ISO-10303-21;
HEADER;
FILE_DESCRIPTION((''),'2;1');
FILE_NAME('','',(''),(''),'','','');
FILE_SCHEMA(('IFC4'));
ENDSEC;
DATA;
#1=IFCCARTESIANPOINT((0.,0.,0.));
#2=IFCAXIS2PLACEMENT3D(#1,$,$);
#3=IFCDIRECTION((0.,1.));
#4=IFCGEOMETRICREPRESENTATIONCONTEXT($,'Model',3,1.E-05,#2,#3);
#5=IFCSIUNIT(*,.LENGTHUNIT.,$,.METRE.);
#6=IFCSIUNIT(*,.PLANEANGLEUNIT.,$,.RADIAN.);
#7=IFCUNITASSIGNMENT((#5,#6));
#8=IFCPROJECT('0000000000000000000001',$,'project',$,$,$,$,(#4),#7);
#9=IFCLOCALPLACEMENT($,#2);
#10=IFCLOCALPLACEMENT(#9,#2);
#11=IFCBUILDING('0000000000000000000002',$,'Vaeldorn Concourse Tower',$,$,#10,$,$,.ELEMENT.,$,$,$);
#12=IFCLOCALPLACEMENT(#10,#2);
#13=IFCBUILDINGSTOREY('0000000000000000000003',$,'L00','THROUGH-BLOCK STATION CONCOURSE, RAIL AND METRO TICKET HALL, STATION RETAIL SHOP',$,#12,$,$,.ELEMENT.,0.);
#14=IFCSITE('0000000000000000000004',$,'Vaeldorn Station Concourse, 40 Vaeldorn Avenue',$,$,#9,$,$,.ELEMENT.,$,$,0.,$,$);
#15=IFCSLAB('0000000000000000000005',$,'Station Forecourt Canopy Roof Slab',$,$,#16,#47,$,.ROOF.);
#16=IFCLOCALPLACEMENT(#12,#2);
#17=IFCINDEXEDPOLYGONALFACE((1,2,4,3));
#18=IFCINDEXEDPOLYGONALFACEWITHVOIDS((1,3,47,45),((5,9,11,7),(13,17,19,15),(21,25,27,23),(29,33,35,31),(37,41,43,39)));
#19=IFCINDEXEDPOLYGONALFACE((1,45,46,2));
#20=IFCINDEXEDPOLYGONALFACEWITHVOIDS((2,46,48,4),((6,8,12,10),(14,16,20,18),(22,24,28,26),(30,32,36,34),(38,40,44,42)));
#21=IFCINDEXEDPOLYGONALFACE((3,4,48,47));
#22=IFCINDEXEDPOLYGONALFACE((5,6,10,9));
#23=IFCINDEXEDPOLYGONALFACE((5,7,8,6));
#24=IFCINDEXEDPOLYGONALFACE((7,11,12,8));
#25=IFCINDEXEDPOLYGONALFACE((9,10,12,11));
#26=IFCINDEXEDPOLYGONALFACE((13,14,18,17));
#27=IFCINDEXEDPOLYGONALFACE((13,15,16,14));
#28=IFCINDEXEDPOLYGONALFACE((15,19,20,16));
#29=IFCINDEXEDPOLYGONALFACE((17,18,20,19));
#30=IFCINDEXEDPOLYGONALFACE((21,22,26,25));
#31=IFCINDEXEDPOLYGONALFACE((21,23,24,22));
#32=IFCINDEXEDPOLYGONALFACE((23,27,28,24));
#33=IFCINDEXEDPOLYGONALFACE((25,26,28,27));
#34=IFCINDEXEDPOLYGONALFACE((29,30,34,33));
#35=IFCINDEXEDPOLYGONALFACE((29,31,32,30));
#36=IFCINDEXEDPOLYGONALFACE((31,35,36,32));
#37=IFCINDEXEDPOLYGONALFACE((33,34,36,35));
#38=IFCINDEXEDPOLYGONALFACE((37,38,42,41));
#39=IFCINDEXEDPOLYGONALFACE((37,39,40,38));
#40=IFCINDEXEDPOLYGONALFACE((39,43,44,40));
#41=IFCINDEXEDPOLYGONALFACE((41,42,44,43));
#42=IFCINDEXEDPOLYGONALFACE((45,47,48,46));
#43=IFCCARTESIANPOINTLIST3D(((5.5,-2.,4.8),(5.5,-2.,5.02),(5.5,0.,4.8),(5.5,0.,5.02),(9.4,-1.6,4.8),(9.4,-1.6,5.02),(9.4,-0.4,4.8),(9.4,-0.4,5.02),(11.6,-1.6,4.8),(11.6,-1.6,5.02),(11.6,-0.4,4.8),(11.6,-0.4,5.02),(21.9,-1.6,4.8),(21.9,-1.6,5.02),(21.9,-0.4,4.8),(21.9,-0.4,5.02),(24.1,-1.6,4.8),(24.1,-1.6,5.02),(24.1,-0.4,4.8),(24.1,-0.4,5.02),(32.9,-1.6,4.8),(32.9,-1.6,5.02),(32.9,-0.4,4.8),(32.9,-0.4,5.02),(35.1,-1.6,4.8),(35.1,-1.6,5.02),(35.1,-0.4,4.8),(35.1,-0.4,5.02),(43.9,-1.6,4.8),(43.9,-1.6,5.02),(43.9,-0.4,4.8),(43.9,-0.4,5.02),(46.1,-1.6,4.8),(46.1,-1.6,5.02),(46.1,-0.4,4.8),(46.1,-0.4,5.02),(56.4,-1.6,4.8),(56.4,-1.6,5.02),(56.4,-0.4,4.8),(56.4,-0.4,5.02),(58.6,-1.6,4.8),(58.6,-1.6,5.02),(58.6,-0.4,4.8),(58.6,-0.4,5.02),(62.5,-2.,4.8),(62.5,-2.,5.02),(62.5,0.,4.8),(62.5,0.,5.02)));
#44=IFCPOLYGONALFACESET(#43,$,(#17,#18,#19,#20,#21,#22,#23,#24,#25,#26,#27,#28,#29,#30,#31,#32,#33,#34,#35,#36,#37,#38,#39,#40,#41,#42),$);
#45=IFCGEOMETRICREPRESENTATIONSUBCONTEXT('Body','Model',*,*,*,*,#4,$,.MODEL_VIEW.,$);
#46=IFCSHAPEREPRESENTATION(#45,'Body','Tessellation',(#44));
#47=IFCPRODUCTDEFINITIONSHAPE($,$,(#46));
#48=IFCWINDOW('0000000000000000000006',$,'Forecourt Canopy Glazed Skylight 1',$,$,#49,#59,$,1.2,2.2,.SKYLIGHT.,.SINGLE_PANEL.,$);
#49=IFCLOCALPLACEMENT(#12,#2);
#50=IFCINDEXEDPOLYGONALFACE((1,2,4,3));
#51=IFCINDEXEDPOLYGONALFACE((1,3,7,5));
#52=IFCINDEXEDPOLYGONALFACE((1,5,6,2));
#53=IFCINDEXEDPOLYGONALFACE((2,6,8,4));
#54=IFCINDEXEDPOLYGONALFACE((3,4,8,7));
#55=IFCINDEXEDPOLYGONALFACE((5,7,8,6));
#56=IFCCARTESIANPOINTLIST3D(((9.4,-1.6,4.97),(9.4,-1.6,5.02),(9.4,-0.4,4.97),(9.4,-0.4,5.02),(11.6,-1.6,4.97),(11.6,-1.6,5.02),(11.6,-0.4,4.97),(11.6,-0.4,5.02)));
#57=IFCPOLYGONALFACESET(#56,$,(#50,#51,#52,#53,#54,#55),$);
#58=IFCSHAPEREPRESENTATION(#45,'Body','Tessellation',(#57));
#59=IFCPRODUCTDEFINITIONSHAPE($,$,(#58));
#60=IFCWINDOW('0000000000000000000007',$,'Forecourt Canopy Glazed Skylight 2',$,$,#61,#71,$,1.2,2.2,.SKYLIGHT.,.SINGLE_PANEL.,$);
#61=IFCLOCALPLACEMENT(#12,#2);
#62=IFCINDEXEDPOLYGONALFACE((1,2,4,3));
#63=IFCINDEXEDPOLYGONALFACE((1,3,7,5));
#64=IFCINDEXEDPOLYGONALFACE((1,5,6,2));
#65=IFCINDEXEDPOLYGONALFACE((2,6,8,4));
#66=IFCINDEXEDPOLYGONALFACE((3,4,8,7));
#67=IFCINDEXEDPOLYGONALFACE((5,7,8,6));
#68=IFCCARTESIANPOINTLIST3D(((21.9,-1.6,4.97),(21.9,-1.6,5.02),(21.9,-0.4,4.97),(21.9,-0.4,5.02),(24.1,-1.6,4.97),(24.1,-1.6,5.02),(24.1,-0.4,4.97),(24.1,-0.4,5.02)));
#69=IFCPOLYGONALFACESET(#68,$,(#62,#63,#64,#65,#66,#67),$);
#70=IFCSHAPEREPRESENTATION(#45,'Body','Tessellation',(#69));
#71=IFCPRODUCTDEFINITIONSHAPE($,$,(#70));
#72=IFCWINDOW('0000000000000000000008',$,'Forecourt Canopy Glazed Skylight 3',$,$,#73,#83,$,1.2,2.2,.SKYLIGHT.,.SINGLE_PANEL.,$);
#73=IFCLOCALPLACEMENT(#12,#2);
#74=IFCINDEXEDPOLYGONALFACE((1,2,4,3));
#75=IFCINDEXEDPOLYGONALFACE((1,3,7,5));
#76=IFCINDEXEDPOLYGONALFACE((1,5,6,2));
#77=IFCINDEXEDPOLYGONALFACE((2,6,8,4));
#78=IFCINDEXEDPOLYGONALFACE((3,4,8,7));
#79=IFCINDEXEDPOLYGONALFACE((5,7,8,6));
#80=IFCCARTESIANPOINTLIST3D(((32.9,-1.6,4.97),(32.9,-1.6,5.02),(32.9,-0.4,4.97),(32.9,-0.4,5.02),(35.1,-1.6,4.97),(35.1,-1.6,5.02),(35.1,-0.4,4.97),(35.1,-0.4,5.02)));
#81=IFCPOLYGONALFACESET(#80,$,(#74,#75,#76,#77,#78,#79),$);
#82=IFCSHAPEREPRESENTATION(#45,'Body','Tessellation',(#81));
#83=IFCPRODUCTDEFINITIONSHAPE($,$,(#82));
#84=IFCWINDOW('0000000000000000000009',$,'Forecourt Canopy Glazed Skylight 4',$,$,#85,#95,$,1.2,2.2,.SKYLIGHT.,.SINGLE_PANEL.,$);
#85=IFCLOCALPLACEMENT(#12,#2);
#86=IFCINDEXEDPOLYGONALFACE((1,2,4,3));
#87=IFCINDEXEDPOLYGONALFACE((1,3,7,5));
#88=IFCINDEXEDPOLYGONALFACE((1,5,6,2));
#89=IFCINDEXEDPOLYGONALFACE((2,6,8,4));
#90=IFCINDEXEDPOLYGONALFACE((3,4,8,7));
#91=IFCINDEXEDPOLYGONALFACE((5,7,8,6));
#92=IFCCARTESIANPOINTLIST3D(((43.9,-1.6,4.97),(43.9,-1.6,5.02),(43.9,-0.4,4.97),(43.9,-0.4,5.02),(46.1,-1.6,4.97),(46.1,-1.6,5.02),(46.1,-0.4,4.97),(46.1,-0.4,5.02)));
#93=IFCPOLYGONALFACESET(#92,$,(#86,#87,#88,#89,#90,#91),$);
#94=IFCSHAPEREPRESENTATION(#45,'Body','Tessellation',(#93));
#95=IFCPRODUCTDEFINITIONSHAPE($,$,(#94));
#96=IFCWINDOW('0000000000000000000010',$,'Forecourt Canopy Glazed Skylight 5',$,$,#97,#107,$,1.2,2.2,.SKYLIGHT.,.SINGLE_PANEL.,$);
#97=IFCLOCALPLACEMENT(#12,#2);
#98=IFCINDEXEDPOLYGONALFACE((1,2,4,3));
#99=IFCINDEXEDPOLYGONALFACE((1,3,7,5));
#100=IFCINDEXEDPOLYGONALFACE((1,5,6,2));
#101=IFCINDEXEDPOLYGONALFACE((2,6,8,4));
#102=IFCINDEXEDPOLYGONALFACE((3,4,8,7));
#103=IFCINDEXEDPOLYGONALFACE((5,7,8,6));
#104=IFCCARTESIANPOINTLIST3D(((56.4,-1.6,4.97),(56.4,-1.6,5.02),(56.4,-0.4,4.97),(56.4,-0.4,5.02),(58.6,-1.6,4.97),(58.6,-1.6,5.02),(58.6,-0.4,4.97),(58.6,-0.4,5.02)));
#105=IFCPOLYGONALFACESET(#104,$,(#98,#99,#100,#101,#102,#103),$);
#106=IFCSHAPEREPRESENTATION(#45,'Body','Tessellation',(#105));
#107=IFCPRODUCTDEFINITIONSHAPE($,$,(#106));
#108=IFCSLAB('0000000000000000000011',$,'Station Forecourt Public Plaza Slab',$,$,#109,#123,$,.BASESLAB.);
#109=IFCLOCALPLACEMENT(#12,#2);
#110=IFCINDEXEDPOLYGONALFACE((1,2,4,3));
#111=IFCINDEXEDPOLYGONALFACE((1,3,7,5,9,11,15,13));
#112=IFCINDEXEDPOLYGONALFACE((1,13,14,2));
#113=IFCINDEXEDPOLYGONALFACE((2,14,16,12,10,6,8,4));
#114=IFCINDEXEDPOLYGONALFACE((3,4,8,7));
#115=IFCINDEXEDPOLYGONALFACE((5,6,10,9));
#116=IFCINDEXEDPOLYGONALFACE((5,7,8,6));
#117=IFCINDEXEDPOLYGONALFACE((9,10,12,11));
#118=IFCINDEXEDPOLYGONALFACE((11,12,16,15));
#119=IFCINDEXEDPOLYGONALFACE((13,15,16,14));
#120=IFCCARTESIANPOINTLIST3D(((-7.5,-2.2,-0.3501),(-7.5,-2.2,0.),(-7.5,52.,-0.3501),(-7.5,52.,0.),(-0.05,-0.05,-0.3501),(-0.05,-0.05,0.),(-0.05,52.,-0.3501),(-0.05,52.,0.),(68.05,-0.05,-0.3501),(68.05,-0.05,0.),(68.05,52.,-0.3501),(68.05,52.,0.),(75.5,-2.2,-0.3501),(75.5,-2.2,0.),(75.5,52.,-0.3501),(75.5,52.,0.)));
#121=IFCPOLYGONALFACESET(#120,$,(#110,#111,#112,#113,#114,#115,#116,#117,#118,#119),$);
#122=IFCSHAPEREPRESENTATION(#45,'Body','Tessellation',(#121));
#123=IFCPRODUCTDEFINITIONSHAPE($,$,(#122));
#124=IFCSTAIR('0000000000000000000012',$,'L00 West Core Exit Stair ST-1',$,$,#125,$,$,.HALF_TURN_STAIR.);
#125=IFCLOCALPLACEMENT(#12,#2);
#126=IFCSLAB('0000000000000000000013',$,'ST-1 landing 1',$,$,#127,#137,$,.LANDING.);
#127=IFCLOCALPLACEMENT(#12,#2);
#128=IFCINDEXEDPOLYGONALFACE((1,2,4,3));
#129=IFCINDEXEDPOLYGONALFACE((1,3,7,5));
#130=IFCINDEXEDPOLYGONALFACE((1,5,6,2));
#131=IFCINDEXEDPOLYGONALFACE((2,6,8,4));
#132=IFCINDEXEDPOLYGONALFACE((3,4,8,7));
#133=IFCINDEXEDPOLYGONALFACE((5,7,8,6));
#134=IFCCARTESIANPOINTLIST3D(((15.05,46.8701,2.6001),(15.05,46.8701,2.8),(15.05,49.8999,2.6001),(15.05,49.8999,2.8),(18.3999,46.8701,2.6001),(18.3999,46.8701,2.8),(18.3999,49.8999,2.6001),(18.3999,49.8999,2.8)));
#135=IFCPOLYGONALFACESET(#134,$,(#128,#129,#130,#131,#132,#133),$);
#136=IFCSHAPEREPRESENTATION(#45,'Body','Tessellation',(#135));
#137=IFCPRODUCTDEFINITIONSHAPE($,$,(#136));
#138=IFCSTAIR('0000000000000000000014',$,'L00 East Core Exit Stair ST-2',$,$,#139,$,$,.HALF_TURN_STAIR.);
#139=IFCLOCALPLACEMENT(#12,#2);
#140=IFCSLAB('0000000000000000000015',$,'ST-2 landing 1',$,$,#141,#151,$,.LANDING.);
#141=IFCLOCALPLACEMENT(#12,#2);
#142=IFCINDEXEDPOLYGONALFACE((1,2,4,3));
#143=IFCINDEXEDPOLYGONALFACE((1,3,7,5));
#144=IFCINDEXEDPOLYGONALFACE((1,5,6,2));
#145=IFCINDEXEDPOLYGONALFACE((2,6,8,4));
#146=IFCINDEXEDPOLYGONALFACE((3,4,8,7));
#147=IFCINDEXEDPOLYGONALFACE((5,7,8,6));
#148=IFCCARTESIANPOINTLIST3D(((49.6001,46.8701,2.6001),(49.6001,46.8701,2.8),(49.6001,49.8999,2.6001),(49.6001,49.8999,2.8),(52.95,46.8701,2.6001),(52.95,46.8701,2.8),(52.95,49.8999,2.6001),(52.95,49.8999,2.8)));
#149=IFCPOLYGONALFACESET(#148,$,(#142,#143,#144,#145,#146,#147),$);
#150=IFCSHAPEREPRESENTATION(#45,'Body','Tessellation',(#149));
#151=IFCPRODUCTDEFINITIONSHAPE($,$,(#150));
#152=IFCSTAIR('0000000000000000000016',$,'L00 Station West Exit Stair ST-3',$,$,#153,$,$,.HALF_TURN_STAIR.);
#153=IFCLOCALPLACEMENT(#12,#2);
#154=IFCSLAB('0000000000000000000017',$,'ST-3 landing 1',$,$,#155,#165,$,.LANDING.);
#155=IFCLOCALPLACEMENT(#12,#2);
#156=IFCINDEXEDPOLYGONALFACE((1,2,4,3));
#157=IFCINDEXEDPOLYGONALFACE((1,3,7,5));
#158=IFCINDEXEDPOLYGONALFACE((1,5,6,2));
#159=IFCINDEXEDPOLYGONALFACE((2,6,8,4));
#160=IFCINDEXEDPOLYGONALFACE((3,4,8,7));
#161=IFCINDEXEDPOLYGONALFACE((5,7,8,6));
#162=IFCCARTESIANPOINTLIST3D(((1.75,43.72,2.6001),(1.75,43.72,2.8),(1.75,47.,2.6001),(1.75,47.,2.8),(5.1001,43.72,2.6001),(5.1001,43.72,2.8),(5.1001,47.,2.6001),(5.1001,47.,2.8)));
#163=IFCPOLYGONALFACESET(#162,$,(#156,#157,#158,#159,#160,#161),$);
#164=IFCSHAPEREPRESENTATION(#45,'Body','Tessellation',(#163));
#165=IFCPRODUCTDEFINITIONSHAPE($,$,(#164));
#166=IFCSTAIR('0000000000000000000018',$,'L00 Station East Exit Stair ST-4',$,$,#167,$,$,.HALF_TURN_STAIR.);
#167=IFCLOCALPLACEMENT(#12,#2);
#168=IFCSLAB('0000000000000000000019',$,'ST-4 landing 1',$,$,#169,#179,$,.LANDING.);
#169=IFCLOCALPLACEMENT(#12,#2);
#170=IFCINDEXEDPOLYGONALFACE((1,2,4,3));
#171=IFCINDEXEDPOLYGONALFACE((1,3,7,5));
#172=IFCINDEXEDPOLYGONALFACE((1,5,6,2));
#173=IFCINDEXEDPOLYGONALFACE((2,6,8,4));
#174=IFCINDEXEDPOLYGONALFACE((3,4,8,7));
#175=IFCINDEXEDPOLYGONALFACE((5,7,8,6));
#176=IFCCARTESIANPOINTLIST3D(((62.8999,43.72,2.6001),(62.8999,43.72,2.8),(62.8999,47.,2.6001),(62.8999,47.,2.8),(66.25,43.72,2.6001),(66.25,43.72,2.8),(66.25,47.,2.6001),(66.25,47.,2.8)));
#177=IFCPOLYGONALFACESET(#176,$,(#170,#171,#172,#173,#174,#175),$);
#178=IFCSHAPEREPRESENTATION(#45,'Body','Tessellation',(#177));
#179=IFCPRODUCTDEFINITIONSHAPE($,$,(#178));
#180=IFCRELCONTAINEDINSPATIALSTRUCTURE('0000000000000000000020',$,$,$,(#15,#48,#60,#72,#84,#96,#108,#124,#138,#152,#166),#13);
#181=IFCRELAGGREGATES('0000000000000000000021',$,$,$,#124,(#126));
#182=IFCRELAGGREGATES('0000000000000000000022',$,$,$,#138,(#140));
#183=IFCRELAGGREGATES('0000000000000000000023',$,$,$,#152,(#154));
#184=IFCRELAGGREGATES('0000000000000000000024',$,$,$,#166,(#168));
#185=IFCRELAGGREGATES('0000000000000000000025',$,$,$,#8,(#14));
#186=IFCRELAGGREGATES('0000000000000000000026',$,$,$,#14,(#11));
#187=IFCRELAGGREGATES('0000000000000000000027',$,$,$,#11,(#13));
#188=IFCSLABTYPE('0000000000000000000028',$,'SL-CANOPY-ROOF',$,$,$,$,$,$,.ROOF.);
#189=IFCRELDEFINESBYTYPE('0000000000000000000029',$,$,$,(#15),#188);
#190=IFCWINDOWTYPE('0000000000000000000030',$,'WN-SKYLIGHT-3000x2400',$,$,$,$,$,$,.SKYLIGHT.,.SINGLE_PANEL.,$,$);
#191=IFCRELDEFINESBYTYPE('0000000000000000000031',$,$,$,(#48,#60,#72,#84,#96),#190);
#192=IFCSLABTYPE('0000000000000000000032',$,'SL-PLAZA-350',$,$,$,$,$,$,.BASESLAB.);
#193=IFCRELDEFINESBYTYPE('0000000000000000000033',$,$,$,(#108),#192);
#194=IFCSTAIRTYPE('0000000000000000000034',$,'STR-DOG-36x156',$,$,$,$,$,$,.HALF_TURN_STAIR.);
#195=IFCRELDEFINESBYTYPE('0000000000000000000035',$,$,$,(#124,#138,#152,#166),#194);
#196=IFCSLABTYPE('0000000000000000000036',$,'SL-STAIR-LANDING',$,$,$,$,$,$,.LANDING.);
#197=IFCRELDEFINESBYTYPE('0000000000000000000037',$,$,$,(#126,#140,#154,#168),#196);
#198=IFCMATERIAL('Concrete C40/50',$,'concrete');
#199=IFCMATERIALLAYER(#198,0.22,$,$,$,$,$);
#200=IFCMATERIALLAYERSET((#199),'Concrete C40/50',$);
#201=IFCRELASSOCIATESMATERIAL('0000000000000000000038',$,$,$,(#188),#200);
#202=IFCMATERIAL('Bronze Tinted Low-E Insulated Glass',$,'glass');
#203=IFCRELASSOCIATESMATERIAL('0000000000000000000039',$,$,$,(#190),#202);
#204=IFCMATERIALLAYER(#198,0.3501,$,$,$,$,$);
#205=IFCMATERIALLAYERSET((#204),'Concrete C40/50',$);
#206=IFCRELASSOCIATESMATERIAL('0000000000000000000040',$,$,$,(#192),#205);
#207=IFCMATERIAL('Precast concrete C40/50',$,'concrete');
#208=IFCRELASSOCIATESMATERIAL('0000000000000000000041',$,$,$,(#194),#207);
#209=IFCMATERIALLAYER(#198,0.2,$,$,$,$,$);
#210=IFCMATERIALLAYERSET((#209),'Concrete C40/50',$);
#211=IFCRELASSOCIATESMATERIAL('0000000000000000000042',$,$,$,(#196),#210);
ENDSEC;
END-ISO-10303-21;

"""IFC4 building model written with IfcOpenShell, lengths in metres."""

from ifc_helpers import new_model, si_unit, direction, frame, origin, origin_2d, place, context, subcontext, project, spatial, polyline, rectangle, outline, extrude, material, layer, layer_set, type_object, element, fill, aggregate, save


model = new_model("IFC4")

# Units and contexts
model_context = context("Model", 3, precision=1e-05, world=origin(), true_north=direction((0.0, 1.0)))
body_context = subcontext(model_context, "Body", "Model", "MODEL_VIEW")
ifc_project = project(units=[si_unit("LENGTHUNIT", "METRE"), si_unit("PLANEANGLEUNIT", "RADIAN")], contexts=[model_context])

# Site, building, storey
site_placement = place(None, origin())
site = spatial("IfcSite", under=ifc_project, at=site_placement, Name="Vaeldorn Station Concourse, 40 Vaeldorn Avenue", CompositionType="ELEMENT", RefElevation=0.0)
building_placement = place(site_placement, origin())
building = spatial("IfcBuilding", under=site, at=building_placement, Name="Vaeldorn Concourse Tower", CompositionType="ELEMENT")
storey_placement = place(building_placement, origin())
storey = spatial("IfcBuildingStorey", under=building, at=storey_placement, Name="L00", Description="THROUGH-BLOCK STATION CONCOURSE, RAIL AND METRO TICKET HALL, STATION RETAIL SHOP", CompositionType="ELEMENT", Elevation=0.0)

# Slab, openings, windows
ifc_material_1 = material(Name="Concrete C40/50", Category="concrete")
ifc_layer_1 = layer(ifc_material_1, 0.22)
ifc_layer_set_1 = layer_set([ifc_layer_1], Name="Concrete C40/50")
slab_type_1 = type_object("IfcSlabType", Name="SL-CANOPY-ROOF", PredefinedType="ROOF", material=ifc_layer_set_1)
slab_1_placement = place(storey_placement, frame((0.0, 0.0, 4.8)))
slab_1 = element("IfcSlab", 1, at=slab_1_placement, inside=storey, type_object=slab_type_1, Name="Station Forecourt Canopy Roof Slab", PredefinedType="ROOF", context=body_context, shape_type="SweptSolid", body=[
    extrude(outline(polyline([(5.5, -2.0), (62.5, -2.0), (62.5, 0.0), (5.5, 0.0), (5.5, -2.0)])), origin(), (0.0, 0.0, 1.0), 0.22),
])
opening_1_placement = place(slab_1_placement, frame((10.5, -1.0, 0.0)))
opening_1 = element("IfcOpeningElement", 2, at=opening_1_placement, cuts=slab_1, PredefinedType="OPENING", context=body_context, shape_type="SweptSolid", body=[
    extrude(rectangle(XDim=2.2, YDim=1.2, at=origin_2d()), origin(), (0.0, 0.0, 1.0), 0.22),
])
opening_2_placement = place(slab_1_placement, frame((23.0, -1.0, 0.0)))
opening_2 = element("IfcOpeningElement", 3, at=opening_2_placement, cuts=slab_1, PredefinedType="OPENING", context=body_context, shape_type="SweptSolid", body=[
    extrude(rectangle(XDim=2.2, YDim=1.2, at=origin_2d()), origin(), (0.0, 0.0, 1.0), 0.22),
])
opening_3_placement = place(slab_1_placement, frame((34.0, -1.0, 0.0)))
opening_3 = element("IfcOpeningElement", 4, at=opening_3_placement, cuts=slab_1, PredefinedType="OPENING", context=body_context, shape_type="SweptSolid", body=[
    extrude(rectangle(XDim=2.2, YDim=1.2, at=origin_2d()), origin(), (0.0, 0.0, 1.0), 0.22),
])
opening_4_placement = place(slab_1_placement, frame((45.0, -1.0, 0.0)))
opening_4 = element("IfcOpeningElement", 5, at=opening_4_placement, cuts=slab_1, PredefinedType="OPENING", context=body_context, shape_type="SweptSolid", body=[
    extrude(rectangle(XDim=2.2, YDim=1.2, at=origin_2d()), origin(), (0.0, 0.0, 1.0), 0.22),
])
opening_5_placement = place(slab_1_placement, frame((57.5, -1.0, 0.0)))
opening_5 = element("IfcOpeningElement", 6, at=opening_5_placement, cuts=slab_1, PredefinedType="OPENING", context=body_context, shape_type="SweptSolid", body=[
    extrude(rectangle(XDim=2.2, YDim=1.2, at=origin_2d()), origin(), (0.0, 0.0, 1.0), 0.22),
])
ifc_material_2 = material(Name="Bronze Tinted Low-E Insulated Glass", Category="glass")
window_type = type_object("IfcWindowType", Name="WN-SKYLIGHT-3000x2400", PartitioningType="SINGLE_PANEL", PredefinedType="SKYLIGHT", material=ifc_material_2)
window_1_placement = place(opening_1_placement, frame((0.0, 0.0, 0.1699)))
window_1 = element("IfcWindow", 7, at=window_1_placement, inside=storey, type_object=window_type, Name="Forecourt Canopy Glazed Skylight 1", OverallHeight=1.2, OverallWidth=2.2, PartitioningType="SINGLE_PANEL", PredefinedType="SKYLIGHT", context=body_context, shape_type="SweptSolid", body=[
    extrude(rectangle(XDim=2.2, YDim=1.2, at=origin_2d()), origin(), (0.0, 0.0, 1.0), 0.05),
])
fill(opening_1, window_1)
window_2_placement = place(opening_2_placement, frame((0.0, 0.0, 0.1699)))
window_2 = element("IfcWindow", 8, at=window_2_placement, inside=storey, type_object=window_type, Name="Forecourt Canopy Glazed Skylight 2", OverallHeight=1.2, OverallWidth=2.2, PartitioningType="SINGLE_PANEL", PredefinedType="SKYLIGHT", context=body_context, shape_type="SweptSolid", body=[
    extrude(rectangle(XDim=2.2, YDim=1.2, at=origin_2d()), origin(), (0.0, 0.0, 1.0), 0.05),
])
fill(opening_2, window_2)
window_3_placement = place(opening_3_placement, frame((0.0, 0.0, 0.1699)))
window_3 = element("IfcWindow", 9, at=window_3_placement, inside=storey, type_object=window_type, Name="Forecourt Canopy Glazed Skylight 3", OverallHeight=1.2, OverallWidth=2.2, PartitioningType="SINGLE_PANEL", PredefinedType="SKYLIGHT", context=body_context, shape_type="SweptSolid", body=[
    extrude(rectangle(XDim=2.2, YDim=1.2, at=origin_2d()), origin(), (0.0, 0.0, 1.0), 0.05),
])
fill(opening_3, window_3)
window_4_placement = place(opening_4_placement, frame((0.0, 0.0, 0.1699)))
window_4 = element("IfcWindow", 10, at=window_4_placement, inside=storey, type_object=window_type, Name="Forecourt Canopy Glazed Skylight 4", OverallHeight=1.2, OverallWidth=2.2, PartitioningType="SINGLE_PANEL", PredefinedType="SKYLIGHT", context=body_context, shape_type="SweptSolid", body=[
    extrude(rectangle(XDim=2.2, YDim=1.2, at=origin_2d()), origin(), (0.0, 0.0, 1.0), 0.05),
])
fill(opening_4, window_4)
window_5_placement = place(opening_5_placement, frame((0.0, 0.0, 0.1699)))
window_5 = element("IfcWindow", 11, at=window_5_placement, inside=storey, type_object=window_type, Name="Forecourt Canopy Glazed Skylight 5", OverallHeight=1.2, OverallWidth=2.2, PartitioningType="SINGLE_PANEL", PredefinedType="SKYLIGHT", context=body_context, shape_type="SweptSolid", body=[
    extrude(rectangle(XDim=2.2, YDim=1.2, at=origin_2d()), origin(), (0.0, 0.0, 1.0), 0.05),
])
fill(opening_5, window_5)

# Slab
ifc_layer_2 = layer(ifc_material_1, 0.3501)
ifc_layer_set_2 = layer_set([ifc_layer_2], Name="Concrete C40/50")
slab_type_2 = type_object("IfcSlabType", Name="SL-PLAZA-350", PredefinedType="BASESLAB", material=ifc_layer_set_2)
slab_2_placement = place(storey_placement, frame((0.0, 0.0, -0.3501)))
element("IfcSlab", 12, at=slab_2_placement, inside=storey, type_object=slab_type_2, Name="Station Forecourt Public Plaza Slab", PredefinedType="BASESLAB", context=body_context, shape_type="SweptSolid", body=[
    extrude(outline(polyline([(-7.5, -2.2), (75.5, -2.2), (75.5, 52.0), (68.05, 52.0), (68.05, -0.05), (-0.05, -0.05), (-0.05, 52.0), (-7.5, 52.0), (-7.5, -2.2)])), origin(), (0.0, 0.0, 1.0), 0.3501),
])

# Stairs, slabs
ifc_material_3 = material(Name="Precast concrete C40/50", Category="concrete")
stair_type = type_object("IfcStairType", Name="STR-DOG-36x156", PredefinedType="HALF_TURN_STAIR", material=ifc_material_3)
stair_1_placement = place(storey_placement, origin())
stair_1 = element("IfcStair", 13, at=stair_1_placement, inside=storey, type_object=stair_type, Name="L00 West Core Exit Stair ST-1", PredefinedType="HALF_TURN_STAIR")
ifc_layer_3 = layer(ifc_material_1, 0.2)
ifc_layer_set_3 = layer_set([ifc_layer_3], Name="Concrete C40/50")
slab_type_3 = type_object("IfcSlabType", Name="SL-STAIR-LANDING", PredefinedType="LANDING", material=ifc_layer_set_3)
slab_3_placement = place(storey_placement, frame((0.0, 0.0, 2.6001)))
slab_3 = element("IfcSlab", 14, at=slab_3_placement, type_object=slab_type_3, Name="ST-1 landing 1", PredefinedType="LANDING", context=body_context, shape_type="SweptSolid", body=[
    extrude(outline(polyline([(18.3999, 46.8701), (18.3999, 49.8999), (15.05, 49.8999), (15.05, 46.8701), (18.3999, 46.8701)])), origin(), (0.0, 0.0, 1.0), 0.2),
])
aggregate(stair_1, [slab_3])
stair_2_placement = place(storey_placement, origin())
stair_2 = element("IfcStair", 15, at=stair_2_placement, inside=storey, type_object=stair_type, Name="L00 East Core Exit Stair ST-2", PredefinedType="HALF_TURN_STAIR")
slab_4_placement = place(storey_placement, frame((0.0, 0.0, 2.6001)))
slab_4 = element("IfcSlab", 16, at=slab_4_placement, type_object=slab_type_3, Name="ST-2 landing 1", PredefinedType="LANDING", context=body_context, shape_type="SweptSolid", body=[
    extrude(outline(polyline([(52.95, 46.8701), (52.95, 49.8999), (49.6001, 49.8999), (49.6001, 46.8701), (52.95, 46.8701)])), origin(), (0.0, 0.0, 1.0), 0.2),
])
aggregate(stair_2, [slab_4])
stair_3_placement = place(storey_placement, origin())
stair_3 = element("IfcStair", 17, at=stair_3_placement, inside=storey, type_object=stair_type, Name="L00 Station West Exit Stair ST-3", PredefinedType="HALF_TURN_STAIR")
slab_5_placement = place(storey_placement, frame((0.0, 0.0, 2.6001)))
slab_5 = element("IfcSlab", 18, at=slab_5_placement, type_object=slab_type_3, Name="ST-3 landing 1", PredefinedType="LANDING", context=body_context, shape_type="SweptSolid", body=[
    extrude(outline(polyline([(5.1001, 43.72), (5.1001, 47.0), (1.75, 47.0), (1.75, 43.72), (5.1001, 43.72)])), origin(), (0.0, 0.0, 1.0), 0.2),
])
aggregate(stair_3, [slab_5])
stair_4_placement = place(storey_placement, origin())
stair_4 = element("IfcStair", 19, at=stair_4_placement, inside=storey, type_object=stair_type, Name="L00 Station East Exit Stair ST-4", PredefinedType="HALF_TURN_STAIR")
slab_6_placement = place(storey_placement, frame((0.0, 0.0, 2.6001)))
slab_6 = element("IfcSlab", 20, at=slab_6_placement, type_object=slab_type_3, Name="ST-4 landing 1", PredefinedType="LANDING", context=body_context, shape_type="SweptSolid", body=[
    extrude(outline(polyline([(66.25, 43.72), (66.25, 47.0), (62.8999, 47.0), (62.8999, 43.72), (66.25, 43.72)])), origin(), (0.0, 0.0, 1.0), 0.2),
])
aggregate(stair_4, [slab_6])

save(model, "model.ifc")
